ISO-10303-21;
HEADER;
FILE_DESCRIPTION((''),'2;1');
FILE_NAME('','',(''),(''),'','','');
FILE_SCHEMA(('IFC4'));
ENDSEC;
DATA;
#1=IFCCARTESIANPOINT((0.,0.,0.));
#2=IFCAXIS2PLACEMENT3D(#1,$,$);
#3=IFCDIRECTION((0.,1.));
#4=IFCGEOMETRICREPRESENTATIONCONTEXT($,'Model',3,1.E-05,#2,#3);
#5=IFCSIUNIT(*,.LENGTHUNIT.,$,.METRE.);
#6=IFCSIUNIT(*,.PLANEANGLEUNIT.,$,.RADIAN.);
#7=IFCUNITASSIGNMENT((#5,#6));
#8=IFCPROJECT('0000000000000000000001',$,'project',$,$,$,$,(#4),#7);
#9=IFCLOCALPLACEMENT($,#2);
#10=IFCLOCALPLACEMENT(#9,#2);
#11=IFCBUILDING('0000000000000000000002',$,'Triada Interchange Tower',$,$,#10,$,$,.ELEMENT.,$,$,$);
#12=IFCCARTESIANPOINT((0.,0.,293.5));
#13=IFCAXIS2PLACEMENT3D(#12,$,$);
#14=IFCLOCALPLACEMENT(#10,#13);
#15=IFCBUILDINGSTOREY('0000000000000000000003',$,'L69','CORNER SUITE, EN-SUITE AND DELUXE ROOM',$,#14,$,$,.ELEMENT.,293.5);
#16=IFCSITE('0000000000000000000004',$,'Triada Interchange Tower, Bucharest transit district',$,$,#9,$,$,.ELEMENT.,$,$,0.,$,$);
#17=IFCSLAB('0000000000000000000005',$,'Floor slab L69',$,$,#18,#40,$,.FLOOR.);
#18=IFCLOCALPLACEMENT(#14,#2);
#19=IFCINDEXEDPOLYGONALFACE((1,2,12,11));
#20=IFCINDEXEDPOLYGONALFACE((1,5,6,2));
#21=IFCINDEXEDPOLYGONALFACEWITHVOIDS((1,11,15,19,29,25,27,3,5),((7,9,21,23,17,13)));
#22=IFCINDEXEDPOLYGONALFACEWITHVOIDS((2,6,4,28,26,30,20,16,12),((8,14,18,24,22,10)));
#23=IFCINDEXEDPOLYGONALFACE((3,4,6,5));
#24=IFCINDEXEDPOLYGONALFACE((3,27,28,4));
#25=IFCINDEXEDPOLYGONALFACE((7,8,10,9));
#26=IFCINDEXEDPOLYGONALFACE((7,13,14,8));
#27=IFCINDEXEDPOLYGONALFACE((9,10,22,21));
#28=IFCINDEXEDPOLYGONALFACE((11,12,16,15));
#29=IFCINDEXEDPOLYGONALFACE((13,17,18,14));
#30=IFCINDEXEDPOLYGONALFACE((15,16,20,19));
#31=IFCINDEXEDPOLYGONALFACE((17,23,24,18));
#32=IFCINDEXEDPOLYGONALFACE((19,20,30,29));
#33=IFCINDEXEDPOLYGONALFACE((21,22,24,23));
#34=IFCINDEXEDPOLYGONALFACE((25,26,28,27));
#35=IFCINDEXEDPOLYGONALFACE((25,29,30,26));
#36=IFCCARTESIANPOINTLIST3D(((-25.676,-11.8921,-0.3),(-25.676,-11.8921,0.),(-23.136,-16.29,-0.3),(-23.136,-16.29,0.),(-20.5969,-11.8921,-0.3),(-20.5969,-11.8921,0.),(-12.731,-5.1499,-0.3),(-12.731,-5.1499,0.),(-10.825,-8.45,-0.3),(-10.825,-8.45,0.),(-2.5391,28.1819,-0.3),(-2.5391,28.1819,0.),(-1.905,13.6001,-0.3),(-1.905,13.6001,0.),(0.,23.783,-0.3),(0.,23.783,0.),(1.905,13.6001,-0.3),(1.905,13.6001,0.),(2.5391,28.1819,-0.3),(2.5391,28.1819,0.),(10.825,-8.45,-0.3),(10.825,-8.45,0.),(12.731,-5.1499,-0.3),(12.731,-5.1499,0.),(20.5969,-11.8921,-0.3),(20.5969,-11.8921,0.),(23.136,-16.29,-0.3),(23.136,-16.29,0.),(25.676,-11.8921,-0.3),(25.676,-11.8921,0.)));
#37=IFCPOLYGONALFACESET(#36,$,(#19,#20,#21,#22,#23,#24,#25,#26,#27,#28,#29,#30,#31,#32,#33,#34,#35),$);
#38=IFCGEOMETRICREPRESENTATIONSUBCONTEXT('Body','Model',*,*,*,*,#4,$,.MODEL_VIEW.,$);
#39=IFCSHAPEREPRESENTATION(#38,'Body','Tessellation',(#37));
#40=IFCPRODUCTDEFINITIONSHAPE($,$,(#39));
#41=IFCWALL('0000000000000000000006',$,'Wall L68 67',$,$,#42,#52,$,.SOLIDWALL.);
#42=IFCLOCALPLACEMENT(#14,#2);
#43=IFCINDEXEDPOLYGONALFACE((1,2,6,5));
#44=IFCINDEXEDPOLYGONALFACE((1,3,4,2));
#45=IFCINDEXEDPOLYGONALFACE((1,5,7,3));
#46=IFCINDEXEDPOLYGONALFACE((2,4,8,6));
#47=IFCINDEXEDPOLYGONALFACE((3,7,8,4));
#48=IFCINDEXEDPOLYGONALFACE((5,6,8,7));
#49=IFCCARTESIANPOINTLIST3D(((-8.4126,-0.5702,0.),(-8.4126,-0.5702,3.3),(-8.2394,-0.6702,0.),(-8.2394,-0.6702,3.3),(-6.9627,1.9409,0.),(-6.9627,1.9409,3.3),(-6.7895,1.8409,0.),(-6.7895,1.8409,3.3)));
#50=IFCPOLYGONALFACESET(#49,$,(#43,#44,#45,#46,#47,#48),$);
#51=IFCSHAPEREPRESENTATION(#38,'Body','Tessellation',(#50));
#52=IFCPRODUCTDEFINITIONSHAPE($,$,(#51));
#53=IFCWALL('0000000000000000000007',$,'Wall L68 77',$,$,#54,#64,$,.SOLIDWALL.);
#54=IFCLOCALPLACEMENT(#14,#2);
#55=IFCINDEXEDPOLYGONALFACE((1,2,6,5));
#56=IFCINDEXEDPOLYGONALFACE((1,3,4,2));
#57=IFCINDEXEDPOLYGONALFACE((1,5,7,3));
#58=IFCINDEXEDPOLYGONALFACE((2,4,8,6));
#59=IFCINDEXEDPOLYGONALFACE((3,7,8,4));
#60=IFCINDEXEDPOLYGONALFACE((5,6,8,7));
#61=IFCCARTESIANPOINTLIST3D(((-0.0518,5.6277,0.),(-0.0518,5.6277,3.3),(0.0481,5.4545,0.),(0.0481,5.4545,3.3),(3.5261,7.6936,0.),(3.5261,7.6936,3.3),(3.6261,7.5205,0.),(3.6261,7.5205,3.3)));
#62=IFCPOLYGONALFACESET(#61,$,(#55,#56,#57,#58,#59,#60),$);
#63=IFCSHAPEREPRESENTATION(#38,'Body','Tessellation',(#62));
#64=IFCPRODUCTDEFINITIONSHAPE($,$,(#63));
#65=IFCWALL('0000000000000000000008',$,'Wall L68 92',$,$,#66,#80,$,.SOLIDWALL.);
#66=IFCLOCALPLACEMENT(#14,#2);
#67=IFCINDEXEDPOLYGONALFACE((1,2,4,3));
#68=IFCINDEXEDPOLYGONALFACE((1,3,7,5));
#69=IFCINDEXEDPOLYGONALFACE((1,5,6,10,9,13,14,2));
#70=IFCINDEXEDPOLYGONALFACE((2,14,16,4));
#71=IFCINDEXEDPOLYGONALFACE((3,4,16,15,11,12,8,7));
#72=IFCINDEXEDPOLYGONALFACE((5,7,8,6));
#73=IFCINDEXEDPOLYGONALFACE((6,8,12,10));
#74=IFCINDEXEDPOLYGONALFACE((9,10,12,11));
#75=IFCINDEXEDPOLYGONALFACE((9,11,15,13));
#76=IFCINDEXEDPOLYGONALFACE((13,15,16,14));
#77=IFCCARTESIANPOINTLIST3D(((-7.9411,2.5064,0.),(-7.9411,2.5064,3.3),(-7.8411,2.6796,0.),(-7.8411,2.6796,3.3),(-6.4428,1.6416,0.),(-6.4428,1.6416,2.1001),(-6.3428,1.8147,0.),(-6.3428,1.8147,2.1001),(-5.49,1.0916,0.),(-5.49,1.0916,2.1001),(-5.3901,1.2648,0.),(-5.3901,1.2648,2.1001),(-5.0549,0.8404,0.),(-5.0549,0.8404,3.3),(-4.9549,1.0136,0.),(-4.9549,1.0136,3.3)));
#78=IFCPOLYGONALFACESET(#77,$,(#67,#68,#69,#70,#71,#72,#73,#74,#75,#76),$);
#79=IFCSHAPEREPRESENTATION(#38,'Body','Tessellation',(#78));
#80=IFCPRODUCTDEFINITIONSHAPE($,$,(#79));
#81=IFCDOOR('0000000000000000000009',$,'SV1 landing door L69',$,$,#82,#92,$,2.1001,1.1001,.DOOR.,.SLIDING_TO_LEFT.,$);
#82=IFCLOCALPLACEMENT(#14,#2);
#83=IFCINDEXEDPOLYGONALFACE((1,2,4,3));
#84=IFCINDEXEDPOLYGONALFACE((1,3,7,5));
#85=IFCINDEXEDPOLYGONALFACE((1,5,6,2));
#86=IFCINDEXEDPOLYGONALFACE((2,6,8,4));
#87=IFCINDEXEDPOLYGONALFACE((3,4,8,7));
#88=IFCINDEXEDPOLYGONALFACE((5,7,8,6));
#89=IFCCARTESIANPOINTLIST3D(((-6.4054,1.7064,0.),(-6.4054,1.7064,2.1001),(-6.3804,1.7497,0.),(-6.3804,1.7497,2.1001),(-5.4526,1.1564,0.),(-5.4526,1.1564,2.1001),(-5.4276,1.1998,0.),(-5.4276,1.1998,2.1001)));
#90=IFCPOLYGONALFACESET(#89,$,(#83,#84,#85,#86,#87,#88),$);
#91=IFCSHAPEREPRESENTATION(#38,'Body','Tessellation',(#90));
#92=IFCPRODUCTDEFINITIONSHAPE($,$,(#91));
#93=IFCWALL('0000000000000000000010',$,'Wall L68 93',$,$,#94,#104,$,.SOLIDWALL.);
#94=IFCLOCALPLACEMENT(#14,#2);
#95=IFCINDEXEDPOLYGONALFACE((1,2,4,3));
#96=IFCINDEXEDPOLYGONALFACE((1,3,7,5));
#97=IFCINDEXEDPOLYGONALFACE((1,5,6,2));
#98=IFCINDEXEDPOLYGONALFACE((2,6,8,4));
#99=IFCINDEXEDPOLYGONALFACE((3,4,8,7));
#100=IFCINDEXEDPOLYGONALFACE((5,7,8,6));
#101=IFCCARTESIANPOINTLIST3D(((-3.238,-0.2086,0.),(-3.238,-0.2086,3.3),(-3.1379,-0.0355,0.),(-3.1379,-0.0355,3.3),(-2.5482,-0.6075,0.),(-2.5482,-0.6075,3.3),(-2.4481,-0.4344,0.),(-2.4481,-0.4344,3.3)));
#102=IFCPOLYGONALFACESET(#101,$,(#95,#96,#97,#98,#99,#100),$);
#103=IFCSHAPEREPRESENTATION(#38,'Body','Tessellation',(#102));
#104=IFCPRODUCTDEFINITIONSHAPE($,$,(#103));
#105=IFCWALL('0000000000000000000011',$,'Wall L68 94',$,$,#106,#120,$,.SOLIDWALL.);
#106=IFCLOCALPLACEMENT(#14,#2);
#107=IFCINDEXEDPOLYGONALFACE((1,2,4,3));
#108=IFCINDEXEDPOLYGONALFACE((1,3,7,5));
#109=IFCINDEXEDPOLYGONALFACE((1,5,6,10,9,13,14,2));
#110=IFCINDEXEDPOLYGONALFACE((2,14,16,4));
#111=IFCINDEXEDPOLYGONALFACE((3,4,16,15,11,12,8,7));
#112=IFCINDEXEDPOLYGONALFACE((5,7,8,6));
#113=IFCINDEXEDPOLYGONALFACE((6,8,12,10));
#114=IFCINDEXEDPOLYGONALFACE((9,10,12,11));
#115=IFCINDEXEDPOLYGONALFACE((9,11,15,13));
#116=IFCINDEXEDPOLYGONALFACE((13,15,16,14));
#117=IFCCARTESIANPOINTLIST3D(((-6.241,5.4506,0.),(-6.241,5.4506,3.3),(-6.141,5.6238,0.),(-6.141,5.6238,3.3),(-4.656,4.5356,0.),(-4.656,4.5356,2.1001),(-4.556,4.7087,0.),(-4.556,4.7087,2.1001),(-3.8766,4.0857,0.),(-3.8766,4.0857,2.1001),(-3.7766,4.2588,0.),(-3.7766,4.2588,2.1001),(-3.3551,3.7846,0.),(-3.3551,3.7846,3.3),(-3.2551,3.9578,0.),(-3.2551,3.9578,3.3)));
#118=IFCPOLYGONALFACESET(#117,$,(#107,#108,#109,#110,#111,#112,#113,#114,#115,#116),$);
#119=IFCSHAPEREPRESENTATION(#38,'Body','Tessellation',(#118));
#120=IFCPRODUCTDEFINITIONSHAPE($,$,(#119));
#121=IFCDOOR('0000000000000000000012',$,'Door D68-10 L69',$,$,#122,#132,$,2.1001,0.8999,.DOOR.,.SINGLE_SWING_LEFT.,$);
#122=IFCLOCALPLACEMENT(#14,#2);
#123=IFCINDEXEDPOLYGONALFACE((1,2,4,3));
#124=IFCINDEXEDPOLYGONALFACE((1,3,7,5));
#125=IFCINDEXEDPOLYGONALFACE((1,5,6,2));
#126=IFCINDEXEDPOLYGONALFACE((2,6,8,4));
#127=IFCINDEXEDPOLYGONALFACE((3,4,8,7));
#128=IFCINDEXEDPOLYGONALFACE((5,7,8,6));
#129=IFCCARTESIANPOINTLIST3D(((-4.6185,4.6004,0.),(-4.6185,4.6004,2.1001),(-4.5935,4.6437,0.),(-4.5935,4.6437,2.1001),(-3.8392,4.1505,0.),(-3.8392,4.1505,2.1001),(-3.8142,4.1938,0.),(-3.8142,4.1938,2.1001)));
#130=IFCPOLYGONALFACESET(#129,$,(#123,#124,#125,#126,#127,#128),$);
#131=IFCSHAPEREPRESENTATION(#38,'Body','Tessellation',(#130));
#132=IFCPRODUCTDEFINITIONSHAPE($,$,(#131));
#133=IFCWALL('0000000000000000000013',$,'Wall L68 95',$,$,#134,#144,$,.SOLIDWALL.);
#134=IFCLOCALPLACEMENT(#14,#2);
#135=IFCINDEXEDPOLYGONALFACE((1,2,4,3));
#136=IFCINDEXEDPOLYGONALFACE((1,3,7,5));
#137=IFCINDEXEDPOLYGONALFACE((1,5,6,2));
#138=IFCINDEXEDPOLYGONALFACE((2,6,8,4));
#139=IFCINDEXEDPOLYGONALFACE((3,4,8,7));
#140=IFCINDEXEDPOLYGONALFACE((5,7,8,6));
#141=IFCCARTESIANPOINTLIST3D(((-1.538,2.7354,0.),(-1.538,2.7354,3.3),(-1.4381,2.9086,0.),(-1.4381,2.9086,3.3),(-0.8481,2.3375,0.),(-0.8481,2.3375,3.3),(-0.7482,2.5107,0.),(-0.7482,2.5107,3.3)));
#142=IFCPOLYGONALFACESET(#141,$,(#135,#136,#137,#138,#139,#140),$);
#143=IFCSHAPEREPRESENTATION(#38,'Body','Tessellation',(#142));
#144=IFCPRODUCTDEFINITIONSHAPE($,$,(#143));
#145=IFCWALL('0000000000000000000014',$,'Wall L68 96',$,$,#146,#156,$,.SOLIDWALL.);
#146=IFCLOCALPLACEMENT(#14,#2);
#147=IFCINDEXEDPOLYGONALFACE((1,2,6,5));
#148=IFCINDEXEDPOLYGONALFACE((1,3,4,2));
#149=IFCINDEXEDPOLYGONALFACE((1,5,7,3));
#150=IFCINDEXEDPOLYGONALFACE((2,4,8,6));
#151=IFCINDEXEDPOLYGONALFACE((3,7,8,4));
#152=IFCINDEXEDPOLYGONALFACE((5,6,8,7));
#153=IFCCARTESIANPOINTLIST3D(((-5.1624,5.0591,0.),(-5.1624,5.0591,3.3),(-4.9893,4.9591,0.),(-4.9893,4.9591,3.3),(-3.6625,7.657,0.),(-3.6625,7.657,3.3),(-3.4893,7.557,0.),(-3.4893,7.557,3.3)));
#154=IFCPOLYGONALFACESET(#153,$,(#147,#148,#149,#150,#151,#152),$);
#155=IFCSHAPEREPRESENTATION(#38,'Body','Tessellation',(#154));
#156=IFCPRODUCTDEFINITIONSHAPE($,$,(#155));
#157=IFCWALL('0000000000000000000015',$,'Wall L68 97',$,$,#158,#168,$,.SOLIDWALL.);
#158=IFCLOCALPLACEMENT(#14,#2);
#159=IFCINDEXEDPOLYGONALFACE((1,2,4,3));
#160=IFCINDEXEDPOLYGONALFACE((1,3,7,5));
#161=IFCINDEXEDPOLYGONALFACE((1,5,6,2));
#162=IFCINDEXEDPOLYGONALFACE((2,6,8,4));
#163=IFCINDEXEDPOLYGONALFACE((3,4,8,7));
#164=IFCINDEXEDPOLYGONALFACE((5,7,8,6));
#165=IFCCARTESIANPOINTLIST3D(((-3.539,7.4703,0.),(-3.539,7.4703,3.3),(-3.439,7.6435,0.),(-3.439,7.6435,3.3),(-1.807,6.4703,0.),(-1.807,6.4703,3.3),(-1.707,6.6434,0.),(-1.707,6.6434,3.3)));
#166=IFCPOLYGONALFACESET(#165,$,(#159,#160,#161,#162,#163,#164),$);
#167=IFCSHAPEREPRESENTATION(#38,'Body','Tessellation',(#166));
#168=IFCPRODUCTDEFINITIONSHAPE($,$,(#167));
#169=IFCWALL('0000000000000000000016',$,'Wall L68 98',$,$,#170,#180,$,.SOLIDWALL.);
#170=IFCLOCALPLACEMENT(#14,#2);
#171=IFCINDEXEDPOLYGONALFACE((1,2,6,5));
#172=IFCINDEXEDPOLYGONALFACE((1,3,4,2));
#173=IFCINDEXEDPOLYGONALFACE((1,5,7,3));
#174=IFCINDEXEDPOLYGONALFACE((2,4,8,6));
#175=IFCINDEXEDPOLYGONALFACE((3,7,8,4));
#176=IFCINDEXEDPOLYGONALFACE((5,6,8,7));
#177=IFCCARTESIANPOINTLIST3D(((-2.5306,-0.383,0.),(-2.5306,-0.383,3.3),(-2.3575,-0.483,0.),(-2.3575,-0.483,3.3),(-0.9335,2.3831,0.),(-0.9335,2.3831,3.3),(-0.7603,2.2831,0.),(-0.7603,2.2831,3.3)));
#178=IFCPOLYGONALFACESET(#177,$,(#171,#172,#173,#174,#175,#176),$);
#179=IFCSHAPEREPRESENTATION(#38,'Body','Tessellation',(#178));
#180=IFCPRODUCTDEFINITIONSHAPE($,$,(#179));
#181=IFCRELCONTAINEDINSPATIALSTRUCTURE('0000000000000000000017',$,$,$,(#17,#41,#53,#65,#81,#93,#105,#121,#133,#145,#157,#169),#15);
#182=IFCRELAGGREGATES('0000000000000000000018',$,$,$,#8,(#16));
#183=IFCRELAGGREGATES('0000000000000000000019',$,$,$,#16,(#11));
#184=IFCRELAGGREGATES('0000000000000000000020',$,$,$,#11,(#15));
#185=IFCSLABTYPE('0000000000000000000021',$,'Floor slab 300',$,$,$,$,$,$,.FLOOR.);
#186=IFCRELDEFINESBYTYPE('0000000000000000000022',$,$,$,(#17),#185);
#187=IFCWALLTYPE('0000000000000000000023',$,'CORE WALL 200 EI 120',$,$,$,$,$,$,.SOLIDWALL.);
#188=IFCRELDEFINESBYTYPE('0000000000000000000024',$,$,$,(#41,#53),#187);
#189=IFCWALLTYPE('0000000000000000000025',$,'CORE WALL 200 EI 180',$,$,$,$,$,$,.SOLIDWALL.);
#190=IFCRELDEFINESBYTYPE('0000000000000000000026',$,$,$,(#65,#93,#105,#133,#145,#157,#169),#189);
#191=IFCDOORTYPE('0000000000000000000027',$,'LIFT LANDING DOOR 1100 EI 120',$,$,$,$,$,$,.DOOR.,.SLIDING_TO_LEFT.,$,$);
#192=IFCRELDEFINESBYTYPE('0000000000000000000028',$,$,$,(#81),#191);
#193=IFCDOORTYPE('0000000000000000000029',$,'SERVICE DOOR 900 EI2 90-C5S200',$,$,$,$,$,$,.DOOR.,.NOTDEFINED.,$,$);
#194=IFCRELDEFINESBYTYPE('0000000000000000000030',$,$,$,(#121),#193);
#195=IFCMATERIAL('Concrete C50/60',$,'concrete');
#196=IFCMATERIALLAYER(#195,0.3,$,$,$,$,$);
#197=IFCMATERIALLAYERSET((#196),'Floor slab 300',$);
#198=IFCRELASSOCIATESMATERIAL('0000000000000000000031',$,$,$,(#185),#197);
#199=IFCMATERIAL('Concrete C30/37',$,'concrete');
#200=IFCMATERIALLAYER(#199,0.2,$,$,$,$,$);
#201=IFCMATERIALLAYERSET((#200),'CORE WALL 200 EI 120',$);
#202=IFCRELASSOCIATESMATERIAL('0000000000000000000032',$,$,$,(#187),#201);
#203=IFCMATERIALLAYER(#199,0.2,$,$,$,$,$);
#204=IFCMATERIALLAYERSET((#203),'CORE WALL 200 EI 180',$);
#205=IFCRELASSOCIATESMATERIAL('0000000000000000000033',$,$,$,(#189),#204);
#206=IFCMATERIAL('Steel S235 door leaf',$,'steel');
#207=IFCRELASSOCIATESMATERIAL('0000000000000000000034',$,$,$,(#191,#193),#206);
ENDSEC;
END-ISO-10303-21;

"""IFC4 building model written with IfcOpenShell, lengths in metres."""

from ifc_helpers import new_model, si_unit, direction, frame, frame_2d, origin, place, context, subcontext, project, spatial, polyline, rectangle, outline, extrude, material, layer, layer_set, type_object, element, fill, save


model = new_model("IFC4")

# Units and contexts
model_context = context("Model", 3, precision=1e-05, world=origin(), true_north=direction((0.0, 1.0)))
body_context = subcontext(model_context, "Body", "Model", "MODEL_VIEW")
ifc_project = project(units=[si_unit("LENGTHUNIT", "METRE"), si_unit("PLANEANGLEUNIT", "RADIAN")], contexts=[model_context])

# Site, building, storey
site_placement = place(None, origin())
site = spatial("IfcSite", under=ifc_project, at=site_placement, Name="Triada Interchange Tower, Bucharest transit district", CompositionType="ELEMENT", RefElevation=0.0)
building_placement = place(site_placement, origin())
building = spatial("IfcBuilding", under=site, at=building_placement, Name="Triada Interchange Tower", CompositionType="ELEMENT")
storey_placement = place(building_placement, frame((0.0, 0.0, 293.5)))
storey = spatial("IfcBuildingStorey", under=building, at=storey_placement, Name="L69", Description="CORNER SUITE, EN-SUITE AND DELUXE ROOM", CompositionType="ELEMENT", Elevation=293.5)

# Slab
ifc_material_1 = material(Name="Concrete C50/60", Category="concrete")
ifc_layer_1 = layer(ifc_material_1, 0.3)
ifc_layer_set_1 = layer_set([ifc_layer_1], Name="Floor slab 300")
slab_type = type_object("IfcSlabType", Name="Floor slab 300", PredefinedType="FLOOR", material=ifc_layer_set_1)
slab_placement = place(storey_placement, frame((0.0, 0.0, -0.3)))
element("IfcSlab", 1, at=slab_placement, inside=storey, type_object=slab_type, Name="Floor slab L69", PredefinedType="FLOOR", context=body_context, shape_type="SweptSolid", body=[
    extrude(outline(polyline([(-2.5391, 28.1819), (-25.676, -11.8921), (-20.5969, -11.8921), (-23.136, -16.29), (23.136, -16.29), (20.5969, -11.8921), (25.676, -11.8921), (2.5391, 28.1819), (0.0, 23.783), (-2.5391, 28.1819)]), holes=[polyline([(1.905, 13.6001), (-1.905, 13.6001), (-12.731, -5.1499), (-10.825, -8.45), (10.825, -8.45), (12.731, -5.1499), (1.905, 13.6001)])]), origin(), (0.0, 0.0, 1.0), 0.3),
])

# Walls
ifc_material_2 = material(Name="Concrete C30/37", Category="concrete")
ifc_layer_2 = layer(ifc_material_2, 0.2)
ifc_layer_set_2 = layer_set([ifc_layer_2], Name="CORE WALL 200 EI 120")
wall_type_1 = type_object("IfcWallType", Name="CORE WALL 200 EI 120", PredefinedType="SOLIDWALL", material=ifc_layer_set_2)
wall_1_placement = place(storey_placement, frame((-8.3259, -0.6201, 0.0), z_axis=(0.0, 0.0, 1.0), x_axis=(0.500024, 0.866012, 0.0)))
element("IfcWall", 2, at=wall_1_placement, inside=storey, type_object=wall_type_1, Name="Wall L68 67", PredefinedType="SOLIDWALL", context=body_context, shape_type="SweptSolid", body=[
    extrude(rectangle(XDim=2.8997, YDim=0.2, at=frame_2d((1.4497, 0.0))), origin(), (0.0, 0.0, 1.0), 3.3),
])
wall_2_placement = place(storey_placement, frame((-0.002, 5.541, 0.0), z_axis=(0.0, 0.0, 1.0), x_axis=(0.866002, 0.500041, 0.0)))
element("IfcWall", 3, at=wall_2_placement, inside=storey, type_object=wall_type_1, Name="Wall L68 77", PredefinedType="SOLIDWALL", context=body_context, shape_type="SweptSolid", body=[
    extrude(rectangle(XDim=4.1316, YDim=0.2, at=frame_2d((2.0659, 0.0))), origin(), (0.0, 0.0, 1.0), 3.3),
])

# Wall, opening, door
ifc_layer_3 = layer(ifc_material_2, 0.2)
ifc_layer_set_3 = layer_set([ifc_layer_3], Name="CORE WALL 200 EI 180")
wall_type_2 = type_object("IfcWallType", Name="CORE WALL 200 EI 180", PredefinedType="SOLIDWALL", material=ifc_layer_set_3)
wall_3_placement = place(storey_placement, frame((-7.8911, 2.593, 0.0), z_axis=(0.0, 0.0, 1.0), x_axis=(0.866071, -0.499921, 0.0)))
wall_3 = element("IfcWall", 4, at=wall_3_placement, inside=storey, type_object=wall_type_2, Name="Wall L68 92", PredefinedType="SOLIDWALL", context=body_context, shape_type="SweptSolid", body=[
    extrude(rectangle(XDim=3.3325, YDim=0.2, at=frame_2d((1.6663, 0.0))), origin(), (0.0, 0.0, 1.0), 3.3),
])
opening_1_placement = place(wall_3_placement, frame((1.73, 0.0, 0.0)))
opening_1 = element("IfcOpeningElement", 5, at=opening_1_placement, cuts=wall_3, PredefinedType="OPENING", context=body_context, shape_type="SweptSolid", body=[
    extrude(rectangle(XDim=1.1001, YDim=2.1001, at=frame_2d((0.55, 1.05))), frame((0.0, 0.1099, 0.0), z_axis=(0.0, -1.0, 0.0), x_axis=(1.0, 0.0, 0.0)), (0.0, 0.0, 1.0), 0.22),
])
ifc_material_3 = material(Name="Steel S235 door leaf", Category="steel")
door_type_1 = type_object("IfcDoorType", Name="LIFT LANDING DOOR 1100 EI 120", OperationType="SLIDING_TO_LEFT", PredefinedType="DOOR", material=ifc_material_3)
door_1_placement = place(opening_1_placement, origin())
door_1 = element("IfcDoor", 6, at=door_1_placement, inside=storey, type_object=door_type_1, Name="SV1 landing door L69", OperationType="SLIDING_TO_LEFT", OverallHeight=2.1001, OverallWidth=1.1001, PredefinedType="DOOR", context=body_context, shape_type="SweptSolid", body=[
    extrude(rectangle(XDim=1.1001, YDim=2.1001, at=frame_2d((0.55, 1.05))), frame((0.0, 0.0249, 0.0), z_axis=(0.0, -1.0, 0.0), x_axis=(1.0, 0.0, 0.0)), (0.0, 0.0, 1.0), 0.05),
])
fill(opening_1, door_1)

# Wall
wall_4_placement = place(storey_placement, frame((-3.188, -0.1221, 0.0), z_axis=(0.0, 0.0, 1.0), x_axis=(0.865706, -0.500553, 0.0)))
element("IfcWall", 7, at=wall_4_placement, inside=storey, type_object=wall_type_2, Name="Wall L68 93", PredefinedType="SOLIDWALL", context=body_context, shape_type="SweptSolid", body=[
    extrude(rectangle(XDim=0.7969, YDim=0.2, at=frame_2d((0.3984, 0.0))), origin(), (0.0, 0.0, 1.0), 3.3),
])

# Wall, opening, door
wall_5_placement = place(storey_placement, frame((-6.1909, 5.5371, 0.0), z_axis=(0.0, 0.0, 1.0), x_axis=(0.866053, -0.499953, 0.0)))
wall_5 = element("IfcWall", 8, at=wall_5_placement, inside=storey, type_object=wall_type_2, Name="Wall L68 94", PredefinedType="SOLIDWALL", context=body_context, shape_type="SweptSolid", body=[
    extrude(rectangle(XDim=3.3323, YDim=0.2, at=frame_2d((1.666, 0.0))), origin(), (0.0, 0.0, 1.0), 3.3),
])
opening_2_placement = place(wall_5_placement, frame((1.8301, 0.0, 0.0)))
opening_2 = element("IfcOpeningElement", 9, at=opening_2_placement, cuts=wall_5, PredefinedType="OPENING", context=body_context, shape_type="SweptSolid", body=[
    extrude(rectangle(XDim=0.8999, YDim=2.1001, at=frame_2d((0.45, 1.05))), frame((0.0, 0.1099, 0.0), z_axis=(0.0, -1.0, 0.0), x_axis=(1.0, 0.0, 0.0)), (0.0, 0.0, 1.0), 0.22),
])
door_type_2 = type_object("IfcDoorType", Name="SERVICE DOOR 900 EI2 90-C5S200", OperationType="NOTDEFINED", PredefinedType="DOOR", material=ifc_material_3)
door_2_placement = place(opening_2_placement, origin())
door_2 = element("IfcDoor", 10, at=door_2_placement, inside=storey, type_object=door_type_2, Name="Door D68-10 L69", OperationType="SINGLE_SWING_LEFT", OverallHeight=2.1001, OverallWidth=0.8999, PredefinedType="DOOR", context=body_context, shape_type="SweptSolid", body=[
    extrude(rectangle(XDim=0.8999, YDim=2.1001, at=frame_2d((0.45, 1.05))), frame((0.0, 0.0249, 0.0), z_axis=(0.0, -1.0, 0.0), x_axis=(1.0, 0.0, 0.0)), (0.0, 0.0, 1.0), 0.05),
])
fill(opening_2, door_2)

# Walls
wall_6_placement = place(storey_placement, frame((-1.488, 2.822, 0.0), z_axis=(0.0, 0.0, 1.0), x_axis=(0.866237, -0.499634, 0.0)))
element("IfcWall", 11, at=wall_6_placement, inside=storey, type_object=wall_type_2, Name="Wall L68 95", PredefinedType="SOLIDWALL", context=body_context, shape_type="SweptSolid", body=[
    extrude(rectangle(XDim=0.7964, YDim=0.2, at=frame_2d((0.3982, 0.0))), origin(), (0.0, 0.0, 1.0), 3.3),
])
wall_7_placement = place(storey_placement, frame((-5.0759, 5.009, 0.0), z_axis=(0.0, 0.0, 1.0), x_axis=(0.500025, 0.866011, 0.0)))
element("IfcWall", 12, at=wall_7_placement, inside=storey, type_object=wall_type_2, Name="Wall L68 96", PredefinedType="SOLIDWALL", context=body_context, shape_type="SweptSolid", body=[
    extrude(rectangle(XDim=2.9998, YDim=0.2, at=frame_2d((1.5, 0.0))), origin(), (0.0, 0.0, 1.0), 3.3),
])
wall_8_placement = place(storey_placement, frame((-3.489, 7.5569, 0.0), z_axis=(0.0, 0.0, 1.0), x_axis=(0.866011, -0.500025, 0.0)))
element("IfcWall", 13, at=wall_8_placement, inside=storey, type_object=wall_type_2, Name="Wall L68 97", PredefinedType="SOLIDWALL", context=body_context, shape_type="SweptSolid", body=[
    extrude(rectangle(XDim=2.0, YDim=0.2, at=frame_2d((1.0, 0.0))), origin(), (0.0, 0.0, 1.0), 3.3),
])
wall_9_placement = place(storey_placement, frame((-2.4441, -0.4331, 0.0), z_axis=(0.0, 0.0, 1.0), x_axis=(0.500036, 0.866005, 0.0)))
element("IfcWall", 14, at=wall_9_placement, inside=storey, type_object=wall_type_2, Name="Wall L68 98", PredefinedType="SOLIDWALL", context=body_context, shape_type="SweptSolid", body=[
    extrude(rectangle(XDim=3.1941, YDim=0.2, at=frame_2d((1.5972, 0.0))), origin(), (0.0, 0.0, 1.0), 3.3),
])

save(model, "model.ifc")
